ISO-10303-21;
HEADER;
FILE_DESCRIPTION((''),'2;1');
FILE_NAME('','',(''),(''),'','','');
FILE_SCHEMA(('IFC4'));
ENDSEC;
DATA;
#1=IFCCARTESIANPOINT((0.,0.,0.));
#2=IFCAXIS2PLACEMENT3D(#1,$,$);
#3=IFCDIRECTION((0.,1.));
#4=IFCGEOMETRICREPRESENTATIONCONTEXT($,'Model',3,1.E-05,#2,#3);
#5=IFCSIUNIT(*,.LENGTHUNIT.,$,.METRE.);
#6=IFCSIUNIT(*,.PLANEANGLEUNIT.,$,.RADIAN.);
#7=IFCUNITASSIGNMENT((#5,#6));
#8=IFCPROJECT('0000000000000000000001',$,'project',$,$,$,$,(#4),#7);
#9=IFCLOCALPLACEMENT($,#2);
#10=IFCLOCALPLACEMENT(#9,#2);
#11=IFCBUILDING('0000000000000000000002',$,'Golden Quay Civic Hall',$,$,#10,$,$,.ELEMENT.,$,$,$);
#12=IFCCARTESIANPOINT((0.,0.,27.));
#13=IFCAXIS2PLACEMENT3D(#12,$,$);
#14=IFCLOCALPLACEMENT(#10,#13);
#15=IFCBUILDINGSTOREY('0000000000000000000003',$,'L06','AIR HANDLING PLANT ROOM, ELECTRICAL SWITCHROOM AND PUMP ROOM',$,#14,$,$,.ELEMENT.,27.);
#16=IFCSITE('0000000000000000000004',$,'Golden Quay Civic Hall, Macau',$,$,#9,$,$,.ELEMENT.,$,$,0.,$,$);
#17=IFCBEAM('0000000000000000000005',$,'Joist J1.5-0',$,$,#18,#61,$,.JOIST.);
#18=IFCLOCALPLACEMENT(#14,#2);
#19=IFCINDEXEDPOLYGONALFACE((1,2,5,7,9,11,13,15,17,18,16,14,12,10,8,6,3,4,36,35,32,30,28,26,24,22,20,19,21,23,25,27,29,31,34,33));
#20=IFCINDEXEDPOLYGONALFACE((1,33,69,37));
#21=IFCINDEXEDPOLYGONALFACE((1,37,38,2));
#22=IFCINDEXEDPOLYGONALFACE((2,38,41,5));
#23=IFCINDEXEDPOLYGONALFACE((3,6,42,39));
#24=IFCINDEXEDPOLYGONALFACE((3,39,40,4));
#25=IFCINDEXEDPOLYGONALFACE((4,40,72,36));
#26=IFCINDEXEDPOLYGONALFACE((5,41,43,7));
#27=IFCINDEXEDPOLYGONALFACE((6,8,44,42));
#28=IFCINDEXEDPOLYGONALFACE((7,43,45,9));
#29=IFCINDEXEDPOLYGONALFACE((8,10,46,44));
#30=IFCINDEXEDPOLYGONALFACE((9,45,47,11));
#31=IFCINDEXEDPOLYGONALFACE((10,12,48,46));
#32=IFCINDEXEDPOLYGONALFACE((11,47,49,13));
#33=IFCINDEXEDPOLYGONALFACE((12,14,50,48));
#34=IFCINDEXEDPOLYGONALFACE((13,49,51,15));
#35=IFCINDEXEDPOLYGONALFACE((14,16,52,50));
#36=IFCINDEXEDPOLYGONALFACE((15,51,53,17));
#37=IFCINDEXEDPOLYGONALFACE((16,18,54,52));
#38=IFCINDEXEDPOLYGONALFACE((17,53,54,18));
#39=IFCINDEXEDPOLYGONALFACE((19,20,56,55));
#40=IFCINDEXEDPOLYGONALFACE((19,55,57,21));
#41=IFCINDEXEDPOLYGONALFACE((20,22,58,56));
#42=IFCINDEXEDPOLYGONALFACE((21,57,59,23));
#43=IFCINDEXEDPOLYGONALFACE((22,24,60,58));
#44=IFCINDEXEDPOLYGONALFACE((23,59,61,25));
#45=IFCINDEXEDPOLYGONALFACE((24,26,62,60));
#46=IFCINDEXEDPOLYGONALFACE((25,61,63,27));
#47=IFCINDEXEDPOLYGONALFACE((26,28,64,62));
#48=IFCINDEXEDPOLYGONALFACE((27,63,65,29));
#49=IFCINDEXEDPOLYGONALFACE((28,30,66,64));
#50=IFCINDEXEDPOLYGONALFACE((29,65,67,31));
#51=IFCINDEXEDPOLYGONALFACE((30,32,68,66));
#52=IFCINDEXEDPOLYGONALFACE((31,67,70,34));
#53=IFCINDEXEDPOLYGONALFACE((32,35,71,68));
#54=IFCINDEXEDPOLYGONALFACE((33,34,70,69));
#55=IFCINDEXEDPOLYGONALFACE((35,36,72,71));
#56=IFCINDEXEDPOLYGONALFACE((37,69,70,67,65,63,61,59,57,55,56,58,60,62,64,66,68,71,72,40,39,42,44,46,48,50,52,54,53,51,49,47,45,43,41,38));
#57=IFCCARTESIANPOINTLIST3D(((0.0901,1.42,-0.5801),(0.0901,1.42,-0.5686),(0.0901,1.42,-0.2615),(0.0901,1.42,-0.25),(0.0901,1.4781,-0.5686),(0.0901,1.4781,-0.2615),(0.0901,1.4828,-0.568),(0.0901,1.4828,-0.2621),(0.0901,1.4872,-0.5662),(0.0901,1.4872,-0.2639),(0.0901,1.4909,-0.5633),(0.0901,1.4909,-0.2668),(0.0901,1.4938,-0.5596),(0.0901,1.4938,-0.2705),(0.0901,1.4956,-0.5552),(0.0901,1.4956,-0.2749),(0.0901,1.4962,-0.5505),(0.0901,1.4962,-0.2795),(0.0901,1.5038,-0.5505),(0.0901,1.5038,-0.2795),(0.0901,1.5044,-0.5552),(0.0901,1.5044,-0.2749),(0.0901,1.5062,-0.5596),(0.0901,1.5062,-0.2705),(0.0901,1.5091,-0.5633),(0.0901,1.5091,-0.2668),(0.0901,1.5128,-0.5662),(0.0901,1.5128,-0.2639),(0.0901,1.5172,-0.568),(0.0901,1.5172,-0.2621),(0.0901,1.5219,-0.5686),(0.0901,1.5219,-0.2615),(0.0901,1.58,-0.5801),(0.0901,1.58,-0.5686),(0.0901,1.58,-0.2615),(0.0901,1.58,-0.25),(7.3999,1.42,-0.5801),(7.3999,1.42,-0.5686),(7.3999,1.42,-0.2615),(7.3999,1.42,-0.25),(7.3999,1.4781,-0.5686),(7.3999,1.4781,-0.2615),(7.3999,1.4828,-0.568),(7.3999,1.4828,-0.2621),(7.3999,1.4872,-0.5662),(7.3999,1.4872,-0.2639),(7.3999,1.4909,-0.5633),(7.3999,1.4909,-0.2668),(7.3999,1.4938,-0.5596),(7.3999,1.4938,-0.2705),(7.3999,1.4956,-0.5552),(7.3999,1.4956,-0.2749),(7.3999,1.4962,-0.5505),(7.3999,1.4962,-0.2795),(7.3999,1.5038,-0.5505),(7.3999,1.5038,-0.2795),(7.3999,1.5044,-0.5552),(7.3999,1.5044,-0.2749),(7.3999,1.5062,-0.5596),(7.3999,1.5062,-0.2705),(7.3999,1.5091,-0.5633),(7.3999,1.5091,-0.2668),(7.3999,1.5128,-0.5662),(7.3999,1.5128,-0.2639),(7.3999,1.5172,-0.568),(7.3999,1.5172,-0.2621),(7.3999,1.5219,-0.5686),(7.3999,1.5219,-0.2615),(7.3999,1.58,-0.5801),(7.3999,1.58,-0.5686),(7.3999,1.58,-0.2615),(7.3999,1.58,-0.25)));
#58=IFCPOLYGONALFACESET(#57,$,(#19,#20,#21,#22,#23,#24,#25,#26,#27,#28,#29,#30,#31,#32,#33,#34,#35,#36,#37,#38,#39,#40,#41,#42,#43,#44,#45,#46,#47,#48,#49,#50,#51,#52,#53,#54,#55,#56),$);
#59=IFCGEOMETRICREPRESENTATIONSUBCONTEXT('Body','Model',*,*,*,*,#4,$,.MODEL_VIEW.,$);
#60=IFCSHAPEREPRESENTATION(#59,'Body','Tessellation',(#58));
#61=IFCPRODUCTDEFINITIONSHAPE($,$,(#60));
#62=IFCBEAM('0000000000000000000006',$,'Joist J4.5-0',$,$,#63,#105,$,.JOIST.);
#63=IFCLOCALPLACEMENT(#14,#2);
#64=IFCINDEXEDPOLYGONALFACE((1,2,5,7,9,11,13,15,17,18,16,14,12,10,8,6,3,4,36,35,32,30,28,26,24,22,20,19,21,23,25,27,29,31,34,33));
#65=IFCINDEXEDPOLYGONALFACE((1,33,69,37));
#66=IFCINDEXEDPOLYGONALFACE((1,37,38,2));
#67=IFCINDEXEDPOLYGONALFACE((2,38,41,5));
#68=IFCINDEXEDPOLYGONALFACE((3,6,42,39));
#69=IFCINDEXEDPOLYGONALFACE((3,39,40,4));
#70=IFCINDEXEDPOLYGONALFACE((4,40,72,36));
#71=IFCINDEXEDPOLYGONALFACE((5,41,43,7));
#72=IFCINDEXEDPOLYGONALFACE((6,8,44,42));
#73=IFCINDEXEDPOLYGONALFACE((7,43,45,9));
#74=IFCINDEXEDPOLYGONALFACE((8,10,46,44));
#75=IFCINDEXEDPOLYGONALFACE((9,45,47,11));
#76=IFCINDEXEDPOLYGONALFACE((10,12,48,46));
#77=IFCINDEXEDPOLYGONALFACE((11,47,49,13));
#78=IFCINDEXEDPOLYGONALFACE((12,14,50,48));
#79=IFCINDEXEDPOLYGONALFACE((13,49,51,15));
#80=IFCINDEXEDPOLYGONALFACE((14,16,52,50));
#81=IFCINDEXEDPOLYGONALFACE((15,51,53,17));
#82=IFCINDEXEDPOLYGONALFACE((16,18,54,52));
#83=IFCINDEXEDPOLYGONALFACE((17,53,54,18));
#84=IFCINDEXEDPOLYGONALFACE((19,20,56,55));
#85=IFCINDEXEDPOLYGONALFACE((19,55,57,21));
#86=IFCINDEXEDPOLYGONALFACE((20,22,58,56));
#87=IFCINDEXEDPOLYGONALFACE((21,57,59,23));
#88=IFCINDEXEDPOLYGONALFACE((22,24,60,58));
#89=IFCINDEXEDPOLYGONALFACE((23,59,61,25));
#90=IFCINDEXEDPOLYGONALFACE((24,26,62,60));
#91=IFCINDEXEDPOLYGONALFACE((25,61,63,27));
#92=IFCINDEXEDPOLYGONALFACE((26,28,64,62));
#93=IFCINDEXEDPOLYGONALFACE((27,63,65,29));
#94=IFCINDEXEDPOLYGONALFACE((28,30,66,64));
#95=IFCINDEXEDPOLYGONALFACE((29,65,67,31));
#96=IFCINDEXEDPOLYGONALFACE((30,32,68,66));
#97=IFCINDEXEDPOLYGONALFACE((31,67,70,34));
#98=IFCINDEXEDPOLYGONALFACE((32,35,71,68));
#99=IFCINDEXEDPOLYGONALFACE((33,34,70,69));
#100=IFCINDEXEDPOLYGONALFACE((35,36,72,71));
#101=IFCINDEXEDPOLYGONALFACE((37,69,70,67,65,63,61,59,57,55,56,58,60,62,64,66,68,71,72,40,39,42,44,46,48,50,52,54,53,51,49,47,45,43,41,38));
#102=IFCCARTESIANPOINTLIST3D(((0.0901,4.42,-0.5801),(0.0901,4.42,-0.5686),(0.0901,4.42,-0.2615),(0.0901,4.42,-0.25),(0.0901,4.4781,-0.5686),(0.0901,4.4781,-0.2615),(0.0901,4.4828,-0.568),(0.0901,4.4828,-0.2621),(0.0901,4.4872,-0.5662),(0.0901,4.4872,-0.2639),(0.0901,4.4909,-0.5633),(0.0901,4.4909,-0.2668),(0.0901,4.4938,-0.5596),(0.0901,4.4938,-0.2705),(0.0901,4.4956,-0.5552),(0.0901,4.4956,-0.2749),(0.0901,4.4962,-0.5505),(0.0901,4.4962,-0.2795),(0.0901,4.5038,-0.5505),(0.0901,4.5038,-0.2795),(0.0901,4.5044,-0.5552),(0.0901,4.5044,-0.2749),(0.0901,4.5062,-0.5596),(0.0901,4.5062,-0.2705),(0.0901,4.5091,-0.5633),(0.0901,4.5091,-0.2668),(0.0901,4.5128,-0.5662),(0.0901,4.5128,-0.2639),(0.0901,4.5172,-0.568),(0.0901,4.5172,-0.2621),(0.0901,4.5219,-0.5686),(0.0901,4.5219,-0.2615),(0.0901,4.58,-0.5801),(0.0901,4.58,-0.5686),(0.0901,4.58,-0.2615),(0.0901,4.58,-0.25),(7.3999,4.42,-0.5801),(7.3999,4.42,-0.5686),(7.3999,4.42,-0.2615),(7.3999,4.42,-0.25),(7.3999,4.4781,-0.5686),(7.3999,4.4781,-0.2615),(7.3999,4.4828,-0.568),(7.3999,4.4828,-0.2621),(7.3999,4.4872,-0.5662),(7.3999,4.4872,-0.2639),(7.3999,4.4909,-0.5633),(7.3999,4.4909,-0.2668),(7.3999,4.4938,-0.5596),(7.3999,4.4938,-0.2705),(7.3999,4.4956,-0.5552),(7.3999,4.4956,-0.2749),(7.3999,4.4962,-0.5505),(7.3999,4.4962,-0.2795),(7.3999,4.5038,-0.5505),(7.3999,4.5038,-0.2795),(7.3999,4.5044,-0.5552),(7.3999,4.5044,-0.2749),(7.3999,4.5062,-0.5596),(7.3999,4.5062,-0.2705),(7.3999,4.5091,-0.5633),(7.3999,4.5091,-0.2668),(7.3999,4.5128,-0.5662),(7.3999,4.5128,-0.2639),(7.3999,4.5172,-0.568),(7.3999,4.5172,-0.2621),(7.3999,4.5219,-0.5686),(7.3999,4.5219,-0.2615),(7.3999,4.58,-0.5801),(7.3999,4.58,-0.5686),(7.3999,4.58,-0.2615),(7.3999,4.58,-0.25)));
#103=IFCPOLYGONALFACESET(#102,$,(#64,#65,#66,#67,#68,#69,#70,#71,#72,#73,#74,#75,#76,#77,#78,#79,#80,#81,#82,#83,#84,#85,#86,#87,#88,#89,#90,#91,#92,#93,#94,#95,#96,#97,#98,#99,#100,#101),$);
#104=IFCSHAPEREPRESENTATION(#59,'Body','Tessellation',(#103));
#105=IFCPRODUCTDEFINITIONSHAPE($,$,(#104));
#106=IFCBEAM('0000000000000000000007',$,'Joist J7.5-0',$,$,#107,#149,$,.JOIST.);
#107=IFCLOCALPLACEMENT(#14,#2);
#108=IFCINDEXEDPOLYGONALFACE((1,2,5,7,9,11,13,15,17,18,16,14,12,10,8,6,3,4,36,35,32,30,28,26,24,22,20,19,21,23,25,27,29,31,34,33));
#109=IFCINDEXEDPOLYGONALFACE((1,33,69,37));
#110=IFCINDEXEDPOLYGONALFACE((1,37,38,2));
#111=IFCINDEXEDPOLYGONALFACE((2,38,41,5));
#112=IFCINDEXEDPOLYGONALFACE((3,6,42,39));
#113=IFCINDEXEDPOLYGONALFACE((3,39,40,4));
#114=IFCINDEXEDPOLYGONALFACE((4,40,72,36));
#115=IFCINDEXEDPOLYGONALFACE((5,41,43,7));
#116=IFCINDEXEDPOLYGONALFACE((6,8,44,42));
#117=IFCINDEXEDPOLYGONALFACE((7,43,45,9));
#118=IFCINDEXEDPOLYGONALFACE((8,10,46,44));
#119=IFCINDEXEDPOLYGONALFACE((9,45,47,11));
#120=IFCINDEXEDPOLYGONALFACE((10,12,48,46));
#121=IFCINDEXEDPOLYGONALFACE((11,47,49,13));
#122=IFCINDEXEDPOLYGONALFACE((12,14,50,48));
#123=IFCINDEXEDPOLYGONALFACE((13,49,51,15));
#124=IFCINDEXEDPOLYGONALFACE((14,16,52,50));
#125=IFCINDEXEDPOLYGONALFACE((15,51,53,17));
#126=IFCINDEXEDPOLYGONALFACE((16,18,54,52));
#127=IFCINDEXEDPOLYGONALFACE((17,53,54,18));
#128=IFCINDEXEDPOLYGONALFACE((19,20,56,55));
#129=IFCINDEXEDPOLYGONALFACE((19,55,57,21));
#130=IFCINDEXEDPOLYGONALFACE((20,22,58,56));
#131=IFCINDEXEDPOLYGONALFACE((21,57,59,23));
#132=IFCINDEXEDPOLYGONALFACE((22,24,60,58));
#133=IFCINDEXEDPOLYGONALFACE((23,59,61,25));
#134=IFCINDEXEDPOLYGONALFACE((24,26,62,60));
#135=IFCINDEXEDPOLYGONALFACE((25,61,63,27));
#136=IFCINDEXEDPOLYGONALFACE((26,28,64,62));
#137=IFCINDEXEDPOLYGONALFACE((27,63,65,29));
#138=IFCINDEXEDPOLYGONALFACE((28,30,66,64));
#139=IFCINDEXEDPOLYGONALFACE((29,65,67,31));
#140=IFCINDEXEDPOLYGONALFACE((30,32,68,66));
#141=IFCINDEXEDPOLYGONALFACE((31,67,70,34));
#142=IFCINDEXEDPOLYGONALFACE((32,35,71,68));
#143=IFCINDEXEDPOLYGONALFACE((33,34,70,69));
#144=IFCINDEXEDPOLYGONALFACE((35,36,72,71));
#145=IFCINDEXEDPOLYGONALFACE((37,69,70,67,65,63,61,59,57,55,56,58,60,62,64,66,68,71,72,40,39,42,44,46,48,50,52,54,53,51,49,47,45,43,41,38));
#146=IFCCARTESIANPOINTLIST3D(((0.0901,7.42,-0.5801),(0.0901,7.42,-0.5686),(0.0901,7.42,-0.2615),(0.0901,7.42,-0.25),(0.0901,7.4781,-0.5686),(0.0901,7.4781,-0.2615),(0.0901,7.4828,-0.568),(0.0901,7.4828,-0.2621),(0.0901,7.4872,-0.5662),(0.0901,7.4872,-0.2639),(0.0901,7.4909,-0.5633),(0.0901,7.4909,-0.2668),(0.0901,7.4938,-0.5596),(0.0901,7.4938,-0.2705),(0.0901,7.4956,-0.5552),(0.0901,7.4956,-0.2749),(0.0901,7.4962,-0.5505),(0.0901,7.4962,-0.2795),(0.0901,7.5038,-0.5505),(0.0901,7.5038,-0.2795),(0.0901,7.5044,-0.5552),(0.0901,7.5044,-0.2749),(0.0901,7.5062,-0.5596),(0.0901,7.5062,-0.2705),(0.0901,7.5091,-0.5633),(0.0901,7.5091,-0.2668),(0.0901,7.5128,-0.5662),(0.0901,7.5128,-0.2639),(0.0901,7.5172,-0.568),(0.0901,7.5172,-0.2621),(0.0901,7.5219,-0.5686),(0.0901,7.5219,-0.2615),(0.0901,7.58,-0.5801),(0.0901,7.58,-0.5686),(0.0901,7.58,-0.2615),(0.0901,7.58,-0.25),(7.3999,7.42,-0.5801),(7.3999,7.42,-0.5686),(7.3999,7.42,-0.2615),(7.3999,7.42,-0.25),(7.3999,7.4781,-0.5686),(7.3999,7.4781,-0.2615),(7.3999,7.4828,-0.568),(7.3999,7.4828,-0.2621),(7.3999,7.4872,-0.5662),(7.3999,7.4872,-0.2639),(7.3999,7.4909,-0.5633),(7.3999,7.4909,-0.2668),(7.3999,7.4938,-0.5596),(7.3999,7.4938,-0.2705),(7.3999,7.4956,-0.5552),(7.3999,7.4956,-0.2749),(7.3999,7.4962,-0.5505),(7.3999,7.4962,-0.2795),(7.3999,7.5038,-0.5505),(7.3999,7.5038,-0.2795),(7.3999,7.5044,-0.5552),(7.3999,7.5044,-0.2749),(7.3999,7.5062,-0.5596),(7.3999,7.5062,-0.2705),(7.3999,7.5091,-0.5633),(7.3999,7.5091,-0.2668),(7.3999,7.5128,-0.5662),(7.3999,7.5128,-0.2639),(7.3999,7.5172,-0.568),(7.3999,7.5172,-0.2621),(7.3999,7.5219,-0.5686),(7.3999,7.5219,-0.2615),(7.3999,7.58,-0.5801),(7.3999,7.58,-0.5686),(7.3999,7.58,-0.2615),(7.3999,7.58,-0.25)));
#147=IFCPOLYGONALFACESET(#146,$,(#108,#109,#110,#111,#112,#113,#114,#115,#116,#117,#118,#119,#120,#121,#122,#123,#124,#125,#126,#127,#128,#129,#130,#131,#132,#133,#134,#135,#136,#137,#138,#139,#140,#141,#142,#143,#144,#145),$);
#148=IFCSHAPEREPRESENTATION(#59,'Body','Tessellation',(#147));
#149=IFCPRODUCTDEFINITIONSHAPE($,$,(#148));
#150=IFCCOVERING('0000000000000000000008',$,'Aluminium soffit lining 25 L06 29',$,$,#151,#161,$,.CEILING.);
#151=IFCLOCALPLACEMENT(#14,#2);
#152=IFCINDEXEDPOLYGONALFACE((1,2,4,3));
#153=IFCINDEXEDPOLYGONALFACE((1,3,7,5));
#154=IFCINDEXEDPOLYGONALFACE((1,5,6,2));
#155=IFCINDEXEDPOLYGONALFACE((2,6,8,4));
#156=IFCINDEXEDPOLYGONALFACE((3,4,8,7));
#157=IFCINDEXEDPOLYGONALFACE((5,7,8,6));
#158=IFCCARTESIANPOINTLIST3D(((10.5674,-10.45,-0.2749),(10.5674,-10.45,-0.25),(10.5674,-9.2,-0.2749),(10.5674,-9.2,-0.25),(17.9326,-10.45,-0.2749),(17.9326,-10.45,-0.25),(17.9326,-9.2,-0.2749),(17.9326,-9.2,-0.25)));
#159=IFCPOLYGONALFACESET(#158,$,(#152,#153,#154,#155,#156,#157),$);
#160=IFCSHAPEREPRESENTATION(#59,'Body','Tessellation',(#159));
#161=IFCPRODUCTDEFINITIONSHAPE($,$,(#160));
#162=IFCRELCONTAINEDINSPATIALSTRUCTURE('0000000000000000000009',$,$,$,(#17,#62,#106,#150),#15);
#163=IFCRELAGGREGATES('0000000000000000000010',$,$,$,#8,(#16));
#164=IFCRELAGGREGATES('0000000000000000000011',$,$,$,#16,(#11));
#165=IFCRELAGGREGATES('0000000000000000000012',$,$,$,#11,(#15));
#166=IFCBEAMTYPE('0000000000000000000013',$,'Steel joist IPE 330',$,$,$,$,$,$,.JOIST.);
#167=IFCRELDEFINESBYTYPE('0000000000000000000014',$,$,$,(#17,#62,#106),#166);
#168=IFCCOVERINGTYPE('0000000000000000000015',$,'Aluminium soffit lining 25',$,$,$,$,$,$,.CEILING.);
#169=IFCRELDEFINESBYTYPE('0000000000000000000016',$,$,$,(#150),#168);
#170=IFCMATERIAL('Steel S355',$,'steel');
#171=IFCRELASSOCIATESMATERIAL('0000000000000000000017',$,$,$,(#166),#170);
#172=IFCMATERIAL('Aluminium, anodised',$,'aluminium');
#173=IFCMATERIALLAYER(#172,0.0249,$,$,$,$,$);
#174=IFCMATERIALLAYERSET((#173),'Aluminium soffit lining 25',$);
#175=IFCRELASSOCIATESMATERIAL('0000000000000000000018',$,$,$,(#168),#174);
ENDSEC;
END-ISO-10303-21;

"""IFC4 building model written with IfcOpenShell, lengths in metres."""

from ifc_helpers import new_model, si_unit, direction, frame, origin, origin_2d, place, context, subcontext, project, spatial, polyline, i_section, outline, extrude, material, layer, layer_set, material_profile, profile_set, type_object, element, save


model = new_model("IFC4")

# Units and contexts
model_context = context("Model", 3, precision=1e-05, world=origin(), true_north=direction((0.0, 1.0)))
body_context = subcontext(model_context, "Body", "Model", "MODEL_VIEW")
ifc_project = project(units=[si_unit("LENGTHUNIT", "METRE"), si_unit("PLANEANGLEUNIT", "RADIAN")], contexts=[model_context])

# Site, building, storey
site_placement = place(None, origin())
site = spatial("IfcSite", under=ifc_project, at=site_placement, Name="Golden Quay Civic Hall, Macau", CompositionType="ELEMENT", RefElevation=0.0)
building_placement = place(site_placement, origin())
building = spatial("IfcBuilding", under=site, at=building_placement, Name="Golden Quay Civic Hall", CompositionType="ELEMENT")
storey_placement = place(building_placement, frame((0.0, 0.0, 27.0)))
storey = spatial("IfcBuildingStorey", under=building, at=storey_placement, Name="L06", Description="AIR HANDLING PLANT ROOM, ELECTRICAL SWITCHROOM AND PUMP ROOM", CompositionType="ELEMENT", Elevation=27.0)

# Beams
ifc_material_1 = material(Name="Steel S355", Category="steel")
ifc_material_profile_1 = material_profile(ifc_material_1, i_section(OverallWidth=0.1599, OverallDepth=0.3301, WebThickness=0.0076, FlangeThickness=0.0115, FilletRadius=0.0181, at=origin_2d()), Name="IPE 330")
ifc_profile_set_1 = profile_set([ifc_material_profile_1], Name="Steel S355")
beam_type_1 = type_object("IfcBeamType", Name="Steel joist IPE 330", PredefinedType="JOIST", material=ifc_profile_set_1)
for number, where, z_axis, x_axis, name in (
    (1, (0.0901, 1.5, -0.415), (1.0, 0.0, 0.0), (0.0, 1.0, 0.0), "Joist J1.5-0"),
    (2, (0.0901, 4.5, -0.415), (1.0, 0.0, 0.0), (0.0, 1.0, 0.0), "Joist J4.5-0"),
    (3, (0.0901, 7.5, -0.415), (1.0, 0.0, 0.0), (0.0, 1.0, 0.0), "Joist J7.5-0"),
):
    element("IfcBeam", number, at=place(storey_placement, frame(where, z_axis=z_axis, x_axis=x_axis)), inside=storey, type_object=beam_type_1, Name=name, PredefinedType="JOIST", context=body_context, shape_type="SweptSolid", body=[
        extrude(i_section(OverallWidth=0.1599, OverallDepth=0.3301, WebThickness=0.0076, FlangeThickness=0.0115, FilletRadius=0.0181, at=origin_2d()), origin(), (0.0, 0.0, 1.0), 7.3098),
    ])

# Covering
ifc_material_2 = material(Name="Aluminium, anodised", Category="aluminium")
ifc_layer_1 = layer(ifc_material_2, 0.0249)
ifc_layer_set_1 = layer_set([ifc_layer_1], Name="Aluminium soffit lining 25")
covering_type_1 = type_object("IfcCoveringType", Name="Aluminium soffit lining 25", PredefinedType="CEILING", material=ifc_layer_set_1)
covering_1_placement = place(storey_placement, frame((0.0, 0.0, -0.2749)))
element("IfcCovering", 4, at=covering_1_placement, inside=storey, type_object=covering_type_1, Name="Aluminium soffit lining 25 L06 29", PredefinedType="CEILING", context=body_context, shape_type="SweptSolid", body=[
    extrude(outline(polyline([(17.9326, -9.2), (17.9326, -10.45), (10.5674, -10.45), (10.5674, -9.2), (17.9326, -9.2)])), origin(), (0.0, 0.0, 1.0), 0.0249),
])

save(model, "model.ifc")
